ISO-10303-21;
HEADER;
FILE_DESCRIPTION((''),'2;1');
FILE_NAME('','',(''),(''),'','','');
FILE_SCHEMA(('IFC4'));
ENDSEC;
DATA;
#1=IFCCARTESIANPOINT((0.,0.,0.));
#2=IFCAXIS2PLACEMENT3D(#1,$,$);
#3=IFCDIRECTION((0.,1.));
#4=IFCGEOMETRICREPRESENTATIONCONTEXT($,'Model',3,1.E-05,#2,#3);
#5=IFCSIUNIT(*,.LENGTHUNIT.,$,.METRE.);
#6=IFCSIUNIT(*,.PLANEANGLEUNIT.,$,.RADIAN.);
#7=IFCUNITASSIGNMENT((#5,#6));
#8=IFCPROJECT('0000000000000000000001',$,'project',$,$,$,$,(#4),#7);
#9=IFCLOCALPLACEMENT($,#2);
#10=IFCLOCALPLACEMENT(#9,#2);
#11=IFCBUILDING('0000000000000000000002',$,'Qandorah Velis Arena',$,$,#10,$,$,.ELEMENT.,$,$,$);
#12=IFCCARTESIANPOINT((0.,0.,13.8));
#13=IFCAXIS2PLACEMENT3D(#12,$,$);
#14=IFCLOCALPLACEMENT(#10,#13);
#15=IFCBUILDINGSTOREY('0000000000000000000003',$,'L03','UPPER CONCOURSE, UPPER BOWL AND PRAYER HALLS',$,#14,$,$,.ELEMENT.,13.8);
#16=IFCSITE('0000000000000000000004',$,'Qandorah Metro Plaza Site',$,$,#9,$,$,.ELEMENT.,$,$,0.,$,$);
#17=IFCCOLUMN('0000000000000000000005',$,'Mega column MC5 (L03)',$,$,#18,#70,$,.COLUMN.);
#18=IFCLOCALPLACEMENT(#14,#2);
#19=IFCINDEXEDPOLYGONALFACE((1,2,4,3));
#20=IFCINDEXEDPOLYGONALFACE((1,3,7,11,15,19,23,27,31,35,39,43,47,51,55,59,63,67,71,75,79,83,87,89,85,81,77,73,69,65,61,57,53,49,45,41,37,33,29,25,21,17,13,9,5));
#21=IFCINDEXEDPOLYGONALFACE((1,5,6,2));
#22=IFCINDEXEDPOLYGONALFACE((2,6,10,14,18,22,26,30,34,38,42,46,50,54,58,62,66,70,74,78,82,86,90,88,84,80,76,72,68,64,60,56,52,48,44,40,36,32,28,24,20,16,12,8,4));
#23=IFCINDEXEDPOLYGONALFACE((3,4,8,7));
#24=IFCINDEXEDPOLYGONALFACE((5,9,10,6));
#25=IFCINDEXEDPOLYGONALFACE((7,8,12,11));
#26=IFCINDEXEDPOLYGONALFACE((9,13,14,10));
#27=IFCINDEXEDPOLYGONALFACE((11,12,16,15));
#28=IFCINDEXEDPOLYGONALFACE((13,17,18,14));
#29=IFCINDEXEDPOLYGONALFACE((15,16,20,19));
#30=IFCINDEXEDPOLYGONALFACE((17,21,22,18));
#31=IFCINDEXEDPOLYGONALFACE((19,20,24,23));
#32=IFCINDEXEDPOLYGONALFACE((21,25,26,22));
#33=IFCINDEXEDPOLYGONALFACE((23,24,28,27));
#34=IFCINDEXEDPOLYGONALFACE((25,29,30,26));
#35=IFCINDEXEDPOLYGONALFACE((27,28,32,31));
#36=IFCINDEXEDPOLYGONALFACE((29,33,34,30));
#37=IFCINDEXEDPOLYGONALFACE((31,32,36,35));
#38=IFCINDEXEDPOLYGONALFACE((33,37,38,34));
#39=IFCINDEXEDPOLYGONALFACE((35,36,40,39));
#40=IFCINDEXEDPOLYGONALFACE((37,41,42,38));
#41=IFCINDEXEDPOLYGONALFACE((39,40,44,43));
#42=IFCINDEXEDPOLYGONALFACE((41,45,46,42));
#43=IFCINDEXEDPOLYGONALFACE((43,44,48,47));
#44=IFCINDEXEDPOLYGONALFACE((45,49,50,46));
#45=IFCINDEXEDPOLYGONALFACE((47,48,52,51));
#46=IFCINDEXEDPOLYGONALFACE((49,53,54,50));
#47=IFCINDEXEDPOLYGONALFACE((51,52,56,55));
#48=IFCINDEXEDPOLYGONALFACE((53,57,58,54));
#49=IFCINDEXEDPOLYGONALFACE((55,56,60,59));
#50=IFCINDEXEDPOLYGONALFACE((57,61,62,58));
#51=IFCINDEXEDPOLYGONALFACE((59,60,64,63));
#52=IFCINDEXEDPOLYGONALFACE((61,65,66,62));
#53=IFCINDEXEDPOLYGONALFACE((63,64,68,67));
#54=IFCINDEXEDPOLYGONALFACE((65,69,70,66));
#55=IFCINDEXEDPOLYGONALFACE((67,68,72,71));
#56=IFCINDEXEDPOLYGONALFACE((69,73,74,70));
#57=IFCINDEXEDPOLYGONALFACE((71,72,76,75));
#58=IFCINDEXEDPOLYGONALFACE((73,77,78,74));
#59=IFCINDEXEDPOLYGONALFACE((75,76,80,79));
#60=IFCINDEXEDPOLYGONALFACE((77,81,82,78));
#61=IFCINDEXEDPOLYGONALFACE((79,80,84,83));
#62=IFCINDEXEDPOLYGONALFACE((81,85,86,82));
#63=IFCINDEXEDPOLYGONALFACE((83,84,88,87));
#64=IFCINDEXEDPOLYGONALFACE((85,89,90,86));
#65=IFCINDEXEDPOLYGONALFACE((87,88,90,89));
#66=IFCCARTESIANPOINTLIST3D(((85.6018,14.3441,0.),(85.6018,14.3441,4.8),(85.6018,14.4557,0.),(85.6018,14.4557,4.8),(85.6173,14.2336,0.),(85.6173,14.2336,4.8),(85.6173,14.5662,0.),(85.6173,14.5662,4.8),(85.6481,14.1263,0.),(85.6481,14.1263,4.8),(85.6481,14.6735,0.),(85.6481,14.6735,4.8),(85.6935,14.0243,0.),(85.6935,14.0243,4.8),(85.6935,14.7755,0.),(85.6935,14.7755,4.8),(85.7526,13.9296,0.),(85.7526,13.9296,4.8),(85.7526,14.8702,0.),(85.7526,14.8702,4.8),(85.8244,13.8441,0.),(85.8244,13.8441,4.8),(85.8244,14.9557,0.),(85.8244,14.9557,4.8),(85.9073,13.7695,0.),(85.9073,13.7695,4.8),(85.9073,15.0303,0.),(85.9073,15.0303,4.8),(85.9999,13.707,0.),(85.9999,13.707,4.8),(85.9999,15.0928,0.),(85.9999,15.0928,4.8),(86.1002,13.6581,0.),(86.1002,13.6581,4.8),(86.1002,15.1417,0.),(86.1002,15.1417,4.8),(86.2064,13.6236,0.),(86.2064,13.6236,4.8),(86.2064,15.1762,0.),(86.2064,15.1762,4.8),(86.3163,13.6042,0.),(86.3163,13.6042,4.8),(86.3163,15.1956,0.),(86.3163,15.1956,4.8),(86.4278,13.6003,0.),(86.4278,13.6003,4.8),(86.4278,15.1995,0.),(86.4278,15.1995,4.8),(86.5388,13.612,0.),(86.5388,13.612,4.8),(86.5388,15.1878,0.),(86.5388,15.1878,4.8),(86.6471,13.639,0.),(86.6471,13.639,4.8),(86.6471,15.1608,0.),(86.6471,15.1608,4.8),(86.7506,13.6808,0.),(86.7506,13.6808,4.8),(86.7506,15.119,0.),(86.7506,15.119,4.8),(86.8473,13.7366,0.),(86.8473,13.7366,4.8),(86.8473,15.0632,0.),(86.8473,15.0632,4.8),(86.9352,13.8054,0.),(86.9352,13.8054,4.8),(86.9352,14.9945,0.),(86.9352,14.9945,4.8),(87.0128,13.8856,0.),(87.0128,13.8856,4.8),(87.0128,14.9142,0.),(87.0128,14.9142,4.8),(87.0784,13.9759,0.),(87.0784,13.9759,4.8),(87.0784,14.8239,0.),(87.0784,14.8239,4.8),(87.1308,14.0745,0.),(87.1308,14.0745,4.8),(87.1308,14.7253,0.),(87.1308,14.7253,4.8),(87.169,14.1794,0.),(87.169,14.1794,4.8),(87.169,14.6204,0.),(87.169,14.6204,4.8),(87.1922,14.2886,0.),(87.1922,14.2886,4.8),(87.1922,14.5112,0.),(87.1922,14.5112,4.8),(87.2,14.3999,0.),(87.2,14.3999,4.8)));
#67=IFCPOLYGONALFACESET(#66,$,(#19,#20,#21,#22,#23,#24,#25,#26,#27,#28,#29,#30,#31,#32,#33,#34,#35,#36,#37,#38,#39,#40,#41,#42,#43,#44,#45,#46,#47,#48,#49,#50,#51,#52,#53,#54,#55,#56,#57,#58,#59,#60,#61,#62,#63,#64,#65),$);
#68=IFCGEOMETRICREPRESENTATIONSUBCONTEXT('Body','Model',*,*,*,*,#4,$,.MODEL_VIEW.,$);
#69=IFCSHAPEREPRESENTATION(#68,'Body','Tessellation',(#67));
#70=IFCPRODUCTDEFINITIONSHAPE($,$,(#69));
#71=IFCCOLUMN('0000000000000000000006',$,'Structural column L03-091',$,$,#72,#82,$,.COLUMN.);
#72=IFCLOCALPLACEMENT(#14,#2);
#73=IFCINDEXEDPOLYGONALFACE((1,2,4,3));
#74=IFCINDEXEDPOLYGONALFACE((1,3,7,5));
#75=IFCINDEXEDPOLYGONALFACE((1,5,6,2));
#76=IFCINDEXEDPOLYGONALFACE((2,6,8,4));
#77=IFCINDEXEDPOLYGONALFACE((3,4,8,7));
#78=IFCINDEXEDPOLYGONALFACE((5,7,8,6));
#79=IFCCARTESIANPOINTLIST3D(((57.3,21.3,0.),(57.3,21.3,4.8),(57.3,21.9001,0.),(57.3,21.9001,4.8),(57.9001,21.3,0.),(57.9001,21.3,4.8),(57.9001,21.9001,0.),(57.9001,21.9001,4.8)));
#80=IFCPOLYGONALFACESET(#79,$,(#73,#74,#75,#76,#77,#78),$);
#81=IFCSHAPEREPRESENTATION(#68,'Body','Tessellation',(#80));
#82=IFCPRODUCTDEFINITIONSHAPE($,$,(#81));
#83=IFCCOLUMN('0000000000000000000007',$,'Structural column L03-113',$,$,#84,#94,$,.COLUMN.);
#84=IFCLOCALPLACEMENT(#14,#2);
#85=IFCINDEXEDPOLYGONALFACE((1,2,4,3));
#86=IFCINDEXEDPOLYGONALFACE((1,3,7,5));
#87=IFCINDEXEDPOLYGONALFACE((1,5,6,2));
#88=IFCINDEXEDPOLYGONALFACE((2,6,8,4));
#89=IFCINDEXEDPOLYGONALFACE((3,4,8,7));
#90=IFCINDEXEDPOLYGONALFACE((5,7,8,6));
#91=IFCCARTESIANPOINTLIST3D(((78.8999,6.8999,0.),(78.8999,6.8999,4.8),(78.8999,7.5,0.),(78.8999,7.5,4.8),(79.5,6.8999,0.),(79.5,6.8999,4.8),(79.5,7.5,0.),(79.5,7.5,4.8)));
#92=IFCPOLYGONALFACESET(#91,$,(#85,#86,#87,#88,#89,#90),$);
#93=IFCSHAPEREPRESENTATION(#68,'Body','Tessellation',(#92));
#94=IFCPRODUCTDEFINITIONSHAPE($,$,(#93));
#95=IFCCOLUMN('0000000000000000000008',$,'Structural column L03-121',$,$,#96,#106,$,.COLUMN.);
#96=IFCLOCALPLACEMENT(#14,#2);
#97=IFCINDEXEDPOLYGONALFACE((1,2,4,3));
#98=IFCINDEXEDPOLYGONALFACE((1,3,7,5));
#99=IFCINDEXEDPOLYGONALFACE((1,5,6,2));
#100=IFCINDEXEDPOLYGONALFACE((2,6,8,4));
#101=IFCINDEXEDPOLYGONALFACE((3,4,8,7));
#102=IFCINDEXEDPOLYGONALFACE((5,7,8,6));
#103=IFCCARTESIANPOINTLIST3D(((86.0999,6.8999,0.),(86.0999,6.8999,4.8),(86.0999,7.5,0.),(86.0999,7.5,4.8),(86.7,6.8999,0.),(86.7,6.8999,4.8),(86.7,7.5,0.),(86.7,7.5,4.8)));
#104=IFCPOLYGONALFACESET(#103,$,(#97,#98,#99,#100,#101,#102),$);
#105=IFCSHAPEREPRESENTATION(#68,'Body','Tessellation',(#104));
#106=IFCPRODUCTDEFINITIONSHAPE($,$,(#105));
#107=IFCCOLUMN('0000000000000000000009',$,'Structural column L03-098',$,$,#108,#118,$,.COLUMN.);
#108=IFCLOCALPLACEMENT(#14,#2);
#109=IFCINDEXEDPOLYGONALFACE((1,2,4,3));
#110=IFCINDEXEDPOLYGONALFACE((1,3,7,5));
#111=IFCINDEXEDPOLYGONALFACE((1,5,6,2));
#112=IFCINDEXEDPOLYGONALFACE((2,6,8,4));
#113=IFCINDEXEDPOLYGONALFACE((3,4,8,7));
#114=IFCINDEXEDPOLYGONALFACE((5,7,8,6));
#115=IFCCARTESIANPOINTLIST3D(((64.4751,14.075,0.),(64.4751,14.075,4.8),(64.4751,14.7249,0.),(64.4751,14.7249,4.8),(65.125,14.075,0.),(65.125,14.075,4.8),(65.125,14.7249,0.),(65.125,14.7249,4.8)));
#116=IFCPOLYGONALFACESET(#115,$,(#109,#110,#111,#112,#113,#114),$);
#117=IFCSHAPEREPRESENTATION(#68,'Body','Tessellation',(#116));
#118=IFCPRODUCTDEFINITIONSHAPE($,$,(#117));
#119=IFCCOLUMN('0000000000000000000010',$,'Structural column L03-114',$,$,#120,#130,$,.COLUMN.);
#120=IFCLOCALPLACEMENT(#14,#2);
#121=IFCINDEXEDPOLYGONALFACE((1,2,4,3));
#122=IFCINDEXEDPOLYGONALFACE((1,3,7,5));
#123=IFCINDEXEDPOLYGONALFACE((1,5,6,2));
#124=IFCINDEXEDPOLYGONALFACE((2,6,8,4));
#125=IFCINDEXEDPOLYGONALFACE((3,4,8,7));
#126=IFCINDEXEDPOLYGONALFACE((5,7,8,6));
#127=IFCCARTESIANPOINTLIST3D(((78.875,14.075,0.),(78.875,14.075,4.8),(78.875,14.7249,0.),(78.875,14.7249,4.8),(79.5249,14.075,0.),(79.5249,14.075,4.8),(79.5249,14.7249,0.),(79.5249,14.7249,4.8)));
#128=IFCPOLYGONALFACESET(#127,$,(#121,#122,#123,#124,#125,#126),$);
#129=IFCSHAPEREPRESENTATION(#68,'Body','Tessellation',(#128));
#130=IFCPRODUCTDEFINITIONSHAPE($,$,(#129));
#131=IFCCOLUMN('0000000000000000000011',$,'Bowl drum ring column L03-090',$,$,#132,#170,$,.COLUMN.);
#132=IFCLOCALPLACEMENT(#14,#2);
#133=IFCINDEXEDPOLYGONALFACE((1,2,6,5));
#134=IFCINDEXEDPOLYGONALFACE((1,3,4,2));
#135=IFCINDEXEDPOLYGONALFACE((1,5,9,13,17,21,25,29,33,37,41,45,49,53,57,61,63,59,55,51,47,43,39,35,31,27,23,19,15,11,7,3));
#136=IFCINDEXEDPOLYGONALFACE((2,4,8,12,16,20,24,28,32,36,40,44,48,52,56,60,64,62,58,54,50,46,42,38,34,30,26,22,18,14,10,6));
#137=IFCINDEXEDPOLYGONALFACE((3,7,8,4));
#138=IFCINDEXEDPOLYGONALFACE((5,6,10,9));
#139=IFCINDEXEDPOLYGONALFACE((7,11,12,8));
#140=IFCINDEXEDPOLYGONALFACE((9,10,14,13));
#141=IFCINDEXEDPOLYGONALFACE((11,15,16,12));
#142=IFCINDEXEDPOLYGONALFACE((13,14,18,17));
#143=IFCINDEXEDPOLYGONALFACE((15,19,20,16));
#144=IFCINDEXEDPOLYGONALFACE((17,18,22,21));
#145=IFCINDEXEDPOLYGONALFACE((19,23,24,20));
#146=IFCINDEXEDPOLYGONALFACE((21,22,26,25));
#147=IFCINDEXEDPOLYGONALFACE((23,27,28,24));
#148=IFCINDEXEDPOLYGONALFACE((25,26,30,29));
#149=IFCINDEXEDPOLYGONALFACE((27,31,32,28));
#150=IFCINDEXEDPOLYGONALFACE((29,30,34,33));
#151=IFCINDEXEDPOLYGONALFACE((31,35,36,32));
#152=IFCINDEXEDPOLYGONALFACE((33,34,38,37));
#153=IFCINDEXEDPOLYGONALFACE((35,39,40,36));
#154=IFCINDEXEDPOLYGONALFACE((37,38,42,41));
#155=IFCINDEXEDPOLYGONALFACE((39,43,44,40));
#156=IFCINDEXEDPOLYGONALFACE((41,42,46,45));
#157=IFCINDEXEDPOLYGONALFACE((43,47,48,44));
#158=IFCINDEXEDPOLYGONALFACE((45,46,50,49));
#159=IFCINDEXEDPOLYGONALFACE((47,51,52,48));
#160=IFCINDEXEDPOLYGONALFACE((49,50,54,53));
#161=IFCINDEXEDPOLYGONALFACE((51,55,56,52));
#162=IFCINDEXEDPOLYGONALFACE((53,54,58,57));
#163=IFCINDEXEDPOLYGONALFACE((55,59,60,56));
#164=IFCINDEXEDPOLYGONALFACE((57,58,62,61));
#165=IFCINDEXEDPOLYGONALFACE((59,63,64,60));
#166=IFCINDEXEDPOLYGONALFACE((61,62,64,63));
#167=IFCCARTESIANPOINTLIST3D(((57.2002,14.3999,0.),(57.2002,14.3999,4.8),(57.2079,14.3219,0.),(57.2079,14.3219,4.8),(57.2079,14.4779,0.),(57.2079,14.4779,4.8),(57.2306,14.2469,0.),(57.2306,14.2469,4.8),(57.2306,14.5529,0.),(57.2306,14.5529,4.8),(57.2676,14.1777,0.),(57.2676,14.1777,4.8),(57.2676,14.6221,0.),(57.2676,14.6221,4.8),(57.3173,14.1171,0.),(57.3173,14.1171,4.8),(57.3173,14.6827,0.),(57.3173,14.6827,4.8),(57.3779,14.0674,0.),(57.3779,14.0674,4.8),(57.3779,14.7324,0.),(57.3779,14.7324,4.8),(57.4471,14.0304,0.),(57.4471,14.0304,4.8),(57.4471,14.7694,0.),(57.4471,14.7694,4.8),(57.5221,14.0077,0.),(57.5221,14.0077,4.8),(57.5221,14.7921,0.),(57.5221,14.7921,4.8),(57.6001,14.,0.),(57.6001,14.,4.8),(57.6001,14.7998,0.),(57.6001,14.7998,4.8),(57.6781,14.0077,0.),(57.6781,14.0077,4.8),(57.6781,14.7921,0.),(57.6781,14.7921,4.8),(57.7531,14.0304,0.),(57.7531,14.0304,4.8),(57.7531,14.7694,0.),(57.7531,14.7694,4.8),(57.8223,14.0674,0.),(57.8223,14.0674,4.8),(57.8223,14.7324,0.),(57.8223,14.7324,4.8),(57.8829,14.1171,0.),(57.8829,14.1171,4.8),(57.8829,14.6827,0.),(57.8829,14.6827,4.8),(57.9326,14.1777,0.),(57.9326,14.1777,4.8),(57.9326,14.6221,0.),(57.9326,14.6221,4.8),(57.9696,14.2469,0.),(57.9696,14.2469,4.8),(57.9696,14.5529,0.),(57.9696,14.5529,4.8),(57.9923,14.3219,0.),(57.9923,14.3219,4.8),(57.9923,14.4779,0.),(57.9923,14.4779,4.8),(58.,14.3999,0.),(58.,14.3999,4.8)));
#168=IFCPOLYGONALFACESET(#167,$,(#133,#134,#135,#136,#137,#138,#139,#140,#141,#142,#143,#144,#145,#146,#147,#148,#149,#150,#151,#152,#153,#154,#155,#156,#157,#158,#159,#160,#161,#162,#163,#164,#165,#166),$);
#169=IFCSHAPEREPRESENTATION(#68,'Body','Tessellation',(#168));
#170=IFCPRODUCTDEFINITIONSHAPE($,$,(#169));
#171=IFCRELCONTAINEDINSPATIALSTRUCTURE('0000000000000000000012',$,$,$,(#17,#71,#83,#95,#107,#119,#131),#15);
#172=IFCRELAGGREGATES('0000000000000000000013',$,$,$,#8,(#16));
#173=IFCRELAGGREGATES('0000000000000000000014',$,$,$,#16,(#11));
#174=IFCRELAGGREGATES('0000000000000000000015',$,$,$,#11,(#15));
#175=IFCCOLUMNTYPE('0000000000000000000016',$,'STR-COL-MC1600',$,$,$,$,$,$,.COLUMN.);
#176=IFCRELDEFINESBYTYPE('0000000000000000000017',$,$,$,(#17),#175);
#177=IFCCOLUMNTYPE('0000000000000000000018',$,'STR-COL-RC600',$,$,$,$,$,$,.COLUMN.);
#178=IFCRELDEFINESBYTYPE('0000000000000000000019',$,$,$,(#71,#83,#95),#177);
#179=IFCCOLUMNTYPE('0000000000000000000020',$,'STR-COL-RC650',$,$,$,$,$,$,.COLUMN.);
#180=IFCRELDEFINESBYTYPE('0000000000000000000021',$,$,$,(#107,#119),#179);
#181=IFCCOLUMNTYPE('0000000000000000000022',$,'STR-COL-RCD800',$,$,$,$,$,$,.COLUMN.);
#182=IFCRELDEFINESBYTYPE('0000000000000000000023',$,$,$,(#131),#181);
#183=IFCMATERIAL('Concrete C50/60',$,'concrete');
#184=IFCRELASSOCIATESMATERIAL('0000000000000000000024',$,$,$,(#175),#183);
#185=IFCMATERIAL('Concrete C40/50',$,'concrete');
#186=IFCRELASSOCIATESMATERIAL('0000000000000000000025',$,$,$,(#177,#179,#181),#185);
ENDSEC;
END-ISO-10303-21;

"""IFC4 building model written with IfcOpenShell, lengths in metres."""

from ifc_helpers import new_model, si_unit, direction, frame, origin, origin_2d, place, context, subcontext, project, spatial, rectangle, circle, extrude, material, material_profile, profile_set, type_object, element, save


model = new_model("IFC4")

# Units and contexts
model_context = context("Model", 3, precision=1e-05, world=origin(), true_north=direction((0.0, 1.0)))
body_context = subcontext(model_context, "Body", "Model", "MODEL_VIEW")
ifc_project = project(units=[si_unit("LENGTHUNIT", "METRE"), si_unit("PLANEANGLEUNIT", "RADIAN")], contexts=[model_context])

# Site, building, storey
site_placement = place(None, origin())
site = spatial("IfcSite", under=ifc_project, at=site_placement, Name="Qandorah Metro Plaza Site", CompositionType="ELEMENT", RefElevation=0.0)
building_placement = place(site_placement, origin())
building = spatial("IfcBuilding", under=site, at=building_placement, Name="Qandorah Velis Arena", CompositionType="ELEMENT")
storey_placement = place(building_placement, frame((0.0, 0.0, 13.8)))
storey = spatial("IfcBuildingStorey", under=building, at=storey_placement, Name="L03", Description="UPPER CONCOURSE, UPPER BOWL AND PRAYER HALLS", CompositionType="ELEMENT", Elevation=13.8)

# Columns
ifc_material_1 = material(Name="Concrete C50/60", Category="concrete")
ifc_material_profile_1 = material_profile(ifc_material_1, circle(Radius=0.8, at=origin_2d()), Name="MC D1600")
ifc_profile_set_1 = profile_set([ifc_material_profile_1], Name="Concrete C50/60")
column_type_1 = type_object("IfcColumnType", Name="STR-COL-MC1600", PredefinedType="COLUMN", material=ifc_profile_set_1)
column_placement = place(storey_placement, frame((86.3999, 14.3999, 0.0), z_axis=(0.0, 0.0, 1.0), x_axis=(1.0, 0.0, 0.0)))
element("IfcColumn", 1, at=column_placement, inside=storey, type_object=column_type_1, Name="Mega column MC5 (L03)", PredefinedType="COLUMN", context=body_context, shape_type="SweptSolid", body=[
    extrude(circle(Radius=0.8, at=origin_2d()), origin(), (0.0, 0.0, 1.0), 4.8),
])
ifc_material_2 = material(Name="Concrete C40/50", Category="concrete")
ifc_material_profile_2 = material_profile(ifc_material_2, rectangle(XDim=0.6001, YDim=0.6001, at=origin_2d()), Name="RC COL 600x600")
ifc_profile_set_2 = profile_set([ifc_material_profile_2], Name="Concrete C40/50")
column_type_2 = type_object("IfcColumnType", Name="STR-COL-RC600", PredefinedType="COLUMN", material=ifc_profile_set_2)
for number, where, z_axis, x_axis, name in (
    (2, (57.6001, 21.6001, 0.0), (0.0, 0.0, 1.0), (1.0, 0.0, 0.0), "Structural column L03-091"),
    (3, (79.2, 7.2, 0.0), (0.0, 0.0, 1.0), (1.0, 0.0, 0.0), "Structural column L03-113"),
    (4, (86.3999, 7.2, 0.0), (0.0, 0.0, 1.0), (1.0, 0.0, 0.0), "Structural column L03-121"),
):
    element("IfcColumn", number, at=place(storey_placement, frame(where, z_axis=z_axis, x_axis=x_axis)), inside=storey, type_object=column_type_2, Name=name, PredefinedType="COLUMN", context=body_context, shape_type="SweptSolid", body=[
        extrude(rectangle(XDim=0.6001, YDim=0.6001, at=origin_2d()), origin(), (0.0, 0.0, 1.0), 4.8),
    ])
ifc_material_profile_3 = material_profile(ifc_material_2, rectangle(XDim=0.6499, YDim=0.6499, at=origin_2d()), Name="RC COL 650x650")
ifc_profile_set_3 = profile_set([ifc_material_profile_3], Name="Concrete C40/50")
column_type_3 = type_object("IfcColumnType", Name="STR-COL-RC650", PredefinedType="COLUMN", material=ifc_profile_set_3)
for number, where, z_axis, x_axis, name in (
    (5, (64.8, 14.3999, 0.0), (0.0, 0.0, 1.0), (1.0, 0.0, 0.0), "Structural column L03-098"),
    (6, (79.2, 14.3999, 0.0), (0.0, 0.0, 1.0), (1.0, 0.0, 0.0), "Structural column L03-114"),
):
    element("IfcColumn", number, at=place(storey_placement, frame(where, z_axis=z_axis, x_axis=x_axis)), inside=storey, type_object=column_type_3, Name=name, PredefinedType="COLUMN", context=body_context, shape_type="SweptSolid", body=[
        extrude(rectangle(XDim=0.6499, YDim=0.6499, at=origin_2d()), origin(), (0.0, 0.0, 1.0), 4.8),
    ])
ifc_material_profile_4 = material_profile(ifc_material_2, circle(Radius=0.3999, at=origin_2d()), Name="RC D800")
ifc_profile_set_4 = profile_set([ifc_material_profile_4], Name="Concrete C40/50")
column_type_4 = type_object("IfcColumnType", Name="STR-COL-RCD800", PredefinedType="COLUMN", material=ifc_profile_set_4)
for number, where, z_axis, x_axis, name in (
    (7, (57.6001, 14.3999, 0.0), (0.0, 0.0, 1.0), (1.0, 0.0, 0.0), "Bowl drum ring column L03-090"),
):
    element("IfcColumn", number, at=place(storey_placement, frame(where, z_axis=z_axis, x_axis=x_axis)), inside=storey, type_object=column_type_4, Name=name, PredefinedType="COLUMN", context=body_context, shape_type="SweptSolid", body=[
        extrude(circle(Radius=0.3999, at=origin_2d()), origin(), (0.0, 0.0, 1.0), 4.8),
    ])

save(model, "model.ifc")
